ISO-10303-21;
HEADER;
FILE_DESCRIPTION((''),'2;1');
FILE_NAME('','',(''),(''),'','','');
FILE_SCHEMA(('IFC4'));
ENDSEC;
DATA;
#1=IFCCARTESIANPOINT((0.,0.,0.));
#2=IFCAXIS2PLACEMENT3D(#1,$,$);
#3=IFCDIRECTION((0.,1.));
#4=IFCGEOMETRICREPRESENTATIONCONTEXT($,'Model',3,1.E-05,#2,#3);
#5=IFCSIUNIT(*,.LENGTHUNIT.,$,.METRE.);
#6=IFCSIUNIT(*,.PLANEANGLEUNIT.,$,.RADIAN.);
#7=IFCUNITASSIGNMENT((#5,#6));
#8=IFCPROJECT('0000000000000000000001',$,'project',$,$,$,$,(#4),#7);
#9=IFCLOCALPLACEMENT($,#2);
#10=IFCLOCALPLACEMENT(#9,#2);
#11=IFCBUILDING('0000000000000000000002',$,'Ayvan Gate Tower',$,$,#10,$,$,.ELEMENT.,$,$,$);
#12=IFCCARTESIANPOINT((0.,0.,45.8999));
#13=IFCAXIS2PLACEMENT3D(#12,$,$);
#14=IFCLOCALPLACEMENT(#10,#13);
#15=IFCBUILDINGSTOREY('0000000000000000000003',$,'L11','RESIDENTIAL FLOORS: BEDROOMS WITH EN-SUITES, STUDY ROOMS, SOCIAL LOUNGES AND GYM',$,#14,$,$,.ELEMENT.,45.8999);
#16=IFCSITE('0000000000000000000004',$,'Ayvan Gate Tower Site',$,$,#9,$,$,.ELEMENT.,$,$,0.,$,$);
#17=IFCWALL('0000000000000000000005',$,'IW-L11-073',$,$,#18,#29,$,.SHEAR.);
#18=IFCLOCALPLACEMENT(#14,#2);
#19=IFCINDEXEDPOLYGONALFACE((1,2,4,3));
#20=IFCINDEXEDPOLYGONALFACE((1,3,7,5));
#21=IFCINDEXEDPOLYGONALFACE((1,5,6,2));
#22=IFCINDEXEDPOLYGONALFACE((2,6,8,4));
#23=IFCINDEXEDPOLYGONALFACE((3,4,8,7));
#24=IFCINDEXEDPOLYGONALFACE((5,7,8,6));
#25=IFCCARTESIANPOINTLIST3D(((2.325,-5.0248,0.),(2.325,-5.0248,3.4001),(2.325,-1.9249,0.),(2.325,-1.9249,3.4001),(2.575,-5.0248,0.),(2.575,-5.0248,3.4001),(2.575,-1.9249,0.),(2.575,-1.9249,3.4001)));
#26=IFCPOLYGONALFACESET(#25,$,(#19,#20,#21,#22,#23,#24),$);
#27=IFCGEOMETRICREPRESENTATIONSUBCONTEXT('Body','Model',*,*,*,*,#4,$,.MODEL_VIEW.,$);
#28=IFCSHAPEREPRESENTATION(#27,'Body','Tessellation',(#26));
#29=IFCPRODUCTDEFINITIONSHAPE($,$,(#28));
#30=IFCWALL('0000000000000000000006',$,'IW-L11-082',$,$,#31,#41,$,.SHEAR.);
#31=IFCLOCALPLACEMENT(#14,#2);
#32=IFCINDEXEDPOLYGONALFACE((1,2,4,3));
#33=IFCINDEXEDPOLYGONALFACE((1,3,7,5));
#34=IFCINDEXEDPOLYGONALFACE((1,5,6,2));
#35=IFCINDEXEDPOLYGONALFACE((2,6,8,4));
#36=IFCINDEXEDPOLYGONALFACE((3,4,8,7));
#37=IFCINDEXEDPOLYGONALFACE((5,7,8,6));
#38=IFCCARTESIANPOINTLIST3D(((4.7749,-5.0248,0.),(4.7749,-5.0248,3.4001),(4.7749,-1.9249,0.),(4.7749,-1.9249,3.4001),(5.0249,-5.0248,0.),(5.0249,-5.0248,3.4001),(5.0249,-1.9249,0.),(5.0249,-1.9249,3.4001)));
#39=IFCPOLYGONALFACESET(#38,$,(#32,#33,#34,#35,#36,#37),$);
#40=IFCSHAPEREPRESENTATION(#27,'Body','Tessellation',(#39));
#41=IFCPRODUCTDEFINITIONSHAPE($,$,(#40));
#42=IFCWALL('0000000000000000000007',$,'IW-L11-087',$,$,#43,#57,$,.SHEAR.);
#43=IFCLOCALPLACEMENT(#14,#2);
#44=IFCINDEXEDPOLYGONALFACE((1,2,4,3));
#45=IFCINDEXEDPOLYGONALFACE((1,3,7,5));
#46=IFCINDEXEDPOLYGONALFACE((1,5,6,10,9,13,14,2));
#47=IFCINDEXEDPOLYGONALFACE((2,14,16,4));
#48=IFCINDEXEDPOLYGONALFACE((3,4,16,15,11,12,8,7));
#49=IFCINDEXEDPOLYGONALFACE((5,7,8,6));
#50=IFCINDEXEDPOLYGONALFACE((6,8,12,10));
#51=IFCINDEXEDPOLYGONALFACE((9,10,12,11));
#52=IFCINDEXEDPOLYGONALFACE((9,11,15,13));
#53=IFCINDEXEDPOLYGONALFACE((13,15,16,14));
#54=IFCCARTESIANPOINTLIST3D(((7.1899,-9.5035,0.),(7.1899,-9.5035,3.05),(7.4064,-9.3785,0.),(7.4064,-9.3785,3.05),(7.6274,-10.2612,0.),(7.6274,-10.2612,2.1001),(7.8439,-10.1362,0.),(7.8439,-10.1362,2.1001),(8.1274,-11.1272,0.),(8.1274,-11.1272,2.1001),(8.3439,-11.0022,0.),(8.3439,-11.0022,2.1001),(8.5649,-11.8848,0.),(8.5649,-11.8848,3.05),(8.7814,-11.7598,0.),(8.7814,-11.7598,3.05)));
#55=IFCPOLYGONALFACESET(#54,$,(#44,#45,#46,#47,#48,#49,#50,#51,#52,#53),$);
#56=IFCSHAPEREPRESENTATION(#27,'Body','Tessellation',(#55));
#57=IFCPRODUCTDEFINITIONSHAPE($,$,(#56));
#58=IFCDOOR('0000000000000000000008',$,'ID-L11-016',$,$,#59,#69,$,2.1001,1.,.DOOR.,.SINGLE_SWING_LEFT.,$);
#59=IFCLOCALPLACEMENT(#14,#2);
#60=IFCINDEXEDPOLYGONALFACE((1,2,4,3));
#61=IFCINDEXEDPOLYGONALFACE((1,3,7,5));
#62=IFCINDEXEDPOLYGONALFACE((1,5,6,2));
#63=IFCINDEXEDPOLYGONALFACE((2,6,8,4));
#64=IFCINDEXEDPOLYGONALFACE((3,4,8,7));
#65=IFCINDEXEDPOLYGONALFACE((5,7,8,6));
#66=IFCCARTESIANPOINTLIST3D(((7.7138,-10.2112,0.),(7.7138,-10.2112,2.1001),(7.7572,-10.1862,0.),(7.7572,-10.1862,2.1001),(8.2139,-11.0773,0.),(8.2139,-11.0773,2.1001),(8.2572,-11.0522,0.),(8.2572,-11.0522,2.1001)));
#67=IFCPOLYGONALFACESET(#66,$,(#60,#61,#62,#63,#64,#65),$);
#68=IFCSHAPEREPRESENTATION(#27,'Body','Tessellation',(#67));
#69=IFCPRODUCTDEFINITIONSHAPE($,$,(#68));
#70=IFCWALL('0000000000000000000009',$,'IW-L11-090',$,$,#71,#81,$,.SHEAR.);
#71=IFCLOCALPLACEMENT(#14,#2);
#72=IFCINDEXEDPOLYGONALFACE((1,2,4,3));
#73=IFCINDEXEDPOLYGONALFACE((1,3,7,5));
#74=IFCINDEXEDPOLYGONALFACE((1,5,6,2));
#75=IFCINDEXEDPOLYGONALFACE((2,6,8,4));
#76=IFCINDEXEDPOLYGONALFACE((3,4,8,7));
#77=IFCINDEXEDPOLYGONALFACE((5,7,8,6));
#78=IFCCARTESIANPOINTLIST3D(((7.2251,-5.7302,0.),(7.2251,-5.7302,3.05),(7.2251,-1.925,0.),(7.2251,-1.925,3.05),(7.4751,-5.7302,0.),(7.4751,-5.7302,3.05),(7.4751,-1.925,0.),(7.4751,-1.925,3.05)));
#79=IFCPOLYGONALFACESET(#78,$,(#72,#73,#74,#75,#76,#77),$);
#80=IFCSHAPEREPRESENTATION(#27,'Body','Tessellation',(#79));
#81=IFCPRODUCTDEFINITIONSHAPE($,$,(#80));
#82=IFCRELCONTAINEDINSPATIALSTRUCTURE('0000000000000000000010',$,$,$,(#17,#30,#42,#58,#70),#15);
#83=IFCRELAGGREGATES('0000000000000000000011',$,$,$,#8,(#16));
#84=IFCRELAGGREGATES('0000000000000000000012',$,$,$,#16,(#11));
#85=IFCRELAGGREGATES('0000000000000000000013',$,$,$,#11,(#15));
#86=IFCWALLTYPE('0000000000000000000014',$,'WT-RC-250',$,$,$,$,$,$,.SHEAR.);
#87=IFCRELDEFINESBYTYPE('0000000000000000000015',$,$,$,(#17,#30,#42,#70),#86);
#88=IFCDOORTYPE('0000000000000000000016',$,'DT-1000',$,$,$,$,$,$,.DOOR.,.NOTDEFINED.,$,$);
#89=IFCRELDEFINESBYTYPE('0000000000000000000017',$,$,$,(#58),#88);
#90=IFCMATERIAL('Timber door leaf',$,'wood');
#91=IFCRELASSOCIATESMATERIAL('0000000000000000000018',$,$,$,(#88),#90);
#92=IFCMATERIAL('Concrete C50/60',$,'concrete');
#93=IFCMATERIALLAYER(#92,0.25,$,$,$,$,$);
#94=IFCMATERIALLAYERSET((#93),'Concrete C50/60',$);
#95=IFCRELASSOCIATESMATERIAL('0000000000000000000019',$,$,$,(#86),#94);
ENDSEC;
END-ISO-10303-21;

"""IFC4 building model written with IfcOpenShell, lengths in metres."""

from ifc_helpers import new_model, si_unit, direction, frame, frame_2d, origin, place, context, subcontext, project, spatial, rectangle, extrude, material, layer, layer_set, type_object, element, fill, save


model = new_model("IFC4")

# Units and contexts
model_context = context("Model", 3, precision=1e-05, world=origin(), true_north=direction((0.0, 1.0)))
body_context = subcontext(model_context, "Body", "Model", "MODEL_VIEW")
ifc_project = project(units=[si_unit("LENGTHUNIT", "METRE"), si_unit("PLANEANGLEUNIT", "RADIAN")], contexts=[model_context])

# Site, building, storey
site_placement = place(None, origin())
site = spatial("IfcSite", under=ifc_project, at=site_placement, Name="Ayvan Gate Tower Site", CompositionType="ELEMENT", RefElevation=0.0)
building_placement = place(site_placement, origin())
building = spatial("IfcBuilding", under=site, at=building_placement, Name="Ayvan Gate Tower", CompositionType="ELEMENT")
storey_placement = place(building_placement, frame((0.0, 0.0, 45.8999)))
storey = spatial("IfcBuildingStorey", under=building, at=storey_placement, Name="L11", Description="RESIDENTIAL FLOORS: BEDROOMS WITH EN-SUITES, STUDY ROOMS, SOCIAL LOUNGES AND GYM", CompositionType="ELEMENT", Elevation=45.8999)

# Shared definitions
ifc_material_1 = material(Name="Timber door leaf", Category="wood")

# Shared definitions
door_type_1 = type_object("IfcDoorType", Name="DT-1000", OperationType="NOTDEFINED", PredefinedType="DOOR", material=ifc_material_1)

# Shared definitions
ifc_material_2 = material(Name="Concrete C50/60", Category="concrete")
ifc_layer_1 = layer(ifc_material_2, 0.25)
ifc_layer_set_1 = layer_set([ifc_layer_1], Name="Concrete C50/60")
wall_type_1 = type_object("IfcWallType", Name="WT-RC-250", PredefinedType="SHEAR", material=ifc_layer_set_1)

# Walls
for number, where, z_axis, x_axis, name in (
    (1, (2.45, -1.925, 0.0), (0.0, 0.0, 1.0), (0.0, -1.0, 0.0), "IW-L11-073"),
    (2, (4.8999, -1.925, 0.0), (0.0, 0.0, 1.0), (0.0, -1.0, 0.0), "IW-L11-082"),
):
    element("IfcWall", number, at=place(storey_placement, frame(where, z_axis=z_axis, x_axis=x_axis)), inside=storey, type_object=wall_type_1, Name=name, PredefinedType="SHEAR", context=body_context, shape_type="SweptSolid", body=[
        extrude(rectangle(XDim=3.0999, YDim=0.25, at=frame_2d((1.5498, 0.0))), origin(), (0.0, 0.0, 1.0), 3.4001),
    ])

# Wall, opening, door
wall_1_placement = place(storey_placement, frame((7.2981, -9.4409, 0.0), z_axis=(0.0, 0.0, 1.0), x_axis=(0.500035, -0.866005, 0.0)))
wall_1 = element("IfcWall", 3, at=wall_1_placement, inside=storey, type_object=wall_type_1, Name="IW-L11-087", PredefinedType="SHEAR", context=body_context, shape_type="SweptSolid", body=[
    extrude(rectangle(XDim=2.7498, YDim=0.25, at=frame_2d((1.375, 0.0))), origin(), (0.0, 0.0, 1.0), 3.05),
])
opening_1_placement = place(wall_1_placement, frame((0.875, 0.0, 0.0)))
opening_1 = element("IfcOpeningElement", 4, at=opening_1_placement, cuts=wall_1, PredefinedType="OPENING", context=body_context, shape_type="SweptSolid", body=[
    extrude(rectangle(XDim=1.0, YDim=2.1001, at=frame_2d((0.5, 1.05))), frame((0.0, 0.135, 0.0), z_axis=(0.0, -1.0, 0.0), x_axis=(1.0, 0.0, 0.0)), (0.0, 0.0, 1.0), 0.27),
])
door_1_placement = place(opening_1_placement, origin())
door_1 = element("IfcDoor", 5, at=door_1_placement, inside=storey, type_object=door_type_1, Name="ID-L11-016", OperationType="SINGLE_SWING_LEFT", OverallHeight=2.1001, OverallWidth=1.0, PredefinedType="DOOR", context=body_context, shape_type="SweptSolid", body=[
    extrude(rectangle(XDim=1.0, YDim=2.1001, at=frame_2d((0.5, 1.05))), frame((0.0, 0.0249, 0.0), z_axis=(0.0, -1.0, 0.0), x_axis=(1.0, 0.0, 0.0)), (0.0, 0.0, 1.0), 0.05),
])
fill(opening_1, door_1)

# Wall
wall_2_placement = place(storey_placement, frame((7.3501, -1.925, 0.0), z_axis=(0.0, 0.0, 1.0), x_axis=(0.0, -1.0, 0.0)))
element("IfcWall", 6, at=wall_2_placement, inside=storey, type_object=wall_type_1, Name="IW-L11-090", PredefinedType="SHEAR", context=body_context, shape_type="SweptSolid", body=[
    extrude(rectangle(XDim=3.8052, YDim=0.25, at=frame_2d((1.9026, 0.0))), origin(), (0.0, 0.0, 1.0), 3.05),
])

save(model, "model.ifc")
